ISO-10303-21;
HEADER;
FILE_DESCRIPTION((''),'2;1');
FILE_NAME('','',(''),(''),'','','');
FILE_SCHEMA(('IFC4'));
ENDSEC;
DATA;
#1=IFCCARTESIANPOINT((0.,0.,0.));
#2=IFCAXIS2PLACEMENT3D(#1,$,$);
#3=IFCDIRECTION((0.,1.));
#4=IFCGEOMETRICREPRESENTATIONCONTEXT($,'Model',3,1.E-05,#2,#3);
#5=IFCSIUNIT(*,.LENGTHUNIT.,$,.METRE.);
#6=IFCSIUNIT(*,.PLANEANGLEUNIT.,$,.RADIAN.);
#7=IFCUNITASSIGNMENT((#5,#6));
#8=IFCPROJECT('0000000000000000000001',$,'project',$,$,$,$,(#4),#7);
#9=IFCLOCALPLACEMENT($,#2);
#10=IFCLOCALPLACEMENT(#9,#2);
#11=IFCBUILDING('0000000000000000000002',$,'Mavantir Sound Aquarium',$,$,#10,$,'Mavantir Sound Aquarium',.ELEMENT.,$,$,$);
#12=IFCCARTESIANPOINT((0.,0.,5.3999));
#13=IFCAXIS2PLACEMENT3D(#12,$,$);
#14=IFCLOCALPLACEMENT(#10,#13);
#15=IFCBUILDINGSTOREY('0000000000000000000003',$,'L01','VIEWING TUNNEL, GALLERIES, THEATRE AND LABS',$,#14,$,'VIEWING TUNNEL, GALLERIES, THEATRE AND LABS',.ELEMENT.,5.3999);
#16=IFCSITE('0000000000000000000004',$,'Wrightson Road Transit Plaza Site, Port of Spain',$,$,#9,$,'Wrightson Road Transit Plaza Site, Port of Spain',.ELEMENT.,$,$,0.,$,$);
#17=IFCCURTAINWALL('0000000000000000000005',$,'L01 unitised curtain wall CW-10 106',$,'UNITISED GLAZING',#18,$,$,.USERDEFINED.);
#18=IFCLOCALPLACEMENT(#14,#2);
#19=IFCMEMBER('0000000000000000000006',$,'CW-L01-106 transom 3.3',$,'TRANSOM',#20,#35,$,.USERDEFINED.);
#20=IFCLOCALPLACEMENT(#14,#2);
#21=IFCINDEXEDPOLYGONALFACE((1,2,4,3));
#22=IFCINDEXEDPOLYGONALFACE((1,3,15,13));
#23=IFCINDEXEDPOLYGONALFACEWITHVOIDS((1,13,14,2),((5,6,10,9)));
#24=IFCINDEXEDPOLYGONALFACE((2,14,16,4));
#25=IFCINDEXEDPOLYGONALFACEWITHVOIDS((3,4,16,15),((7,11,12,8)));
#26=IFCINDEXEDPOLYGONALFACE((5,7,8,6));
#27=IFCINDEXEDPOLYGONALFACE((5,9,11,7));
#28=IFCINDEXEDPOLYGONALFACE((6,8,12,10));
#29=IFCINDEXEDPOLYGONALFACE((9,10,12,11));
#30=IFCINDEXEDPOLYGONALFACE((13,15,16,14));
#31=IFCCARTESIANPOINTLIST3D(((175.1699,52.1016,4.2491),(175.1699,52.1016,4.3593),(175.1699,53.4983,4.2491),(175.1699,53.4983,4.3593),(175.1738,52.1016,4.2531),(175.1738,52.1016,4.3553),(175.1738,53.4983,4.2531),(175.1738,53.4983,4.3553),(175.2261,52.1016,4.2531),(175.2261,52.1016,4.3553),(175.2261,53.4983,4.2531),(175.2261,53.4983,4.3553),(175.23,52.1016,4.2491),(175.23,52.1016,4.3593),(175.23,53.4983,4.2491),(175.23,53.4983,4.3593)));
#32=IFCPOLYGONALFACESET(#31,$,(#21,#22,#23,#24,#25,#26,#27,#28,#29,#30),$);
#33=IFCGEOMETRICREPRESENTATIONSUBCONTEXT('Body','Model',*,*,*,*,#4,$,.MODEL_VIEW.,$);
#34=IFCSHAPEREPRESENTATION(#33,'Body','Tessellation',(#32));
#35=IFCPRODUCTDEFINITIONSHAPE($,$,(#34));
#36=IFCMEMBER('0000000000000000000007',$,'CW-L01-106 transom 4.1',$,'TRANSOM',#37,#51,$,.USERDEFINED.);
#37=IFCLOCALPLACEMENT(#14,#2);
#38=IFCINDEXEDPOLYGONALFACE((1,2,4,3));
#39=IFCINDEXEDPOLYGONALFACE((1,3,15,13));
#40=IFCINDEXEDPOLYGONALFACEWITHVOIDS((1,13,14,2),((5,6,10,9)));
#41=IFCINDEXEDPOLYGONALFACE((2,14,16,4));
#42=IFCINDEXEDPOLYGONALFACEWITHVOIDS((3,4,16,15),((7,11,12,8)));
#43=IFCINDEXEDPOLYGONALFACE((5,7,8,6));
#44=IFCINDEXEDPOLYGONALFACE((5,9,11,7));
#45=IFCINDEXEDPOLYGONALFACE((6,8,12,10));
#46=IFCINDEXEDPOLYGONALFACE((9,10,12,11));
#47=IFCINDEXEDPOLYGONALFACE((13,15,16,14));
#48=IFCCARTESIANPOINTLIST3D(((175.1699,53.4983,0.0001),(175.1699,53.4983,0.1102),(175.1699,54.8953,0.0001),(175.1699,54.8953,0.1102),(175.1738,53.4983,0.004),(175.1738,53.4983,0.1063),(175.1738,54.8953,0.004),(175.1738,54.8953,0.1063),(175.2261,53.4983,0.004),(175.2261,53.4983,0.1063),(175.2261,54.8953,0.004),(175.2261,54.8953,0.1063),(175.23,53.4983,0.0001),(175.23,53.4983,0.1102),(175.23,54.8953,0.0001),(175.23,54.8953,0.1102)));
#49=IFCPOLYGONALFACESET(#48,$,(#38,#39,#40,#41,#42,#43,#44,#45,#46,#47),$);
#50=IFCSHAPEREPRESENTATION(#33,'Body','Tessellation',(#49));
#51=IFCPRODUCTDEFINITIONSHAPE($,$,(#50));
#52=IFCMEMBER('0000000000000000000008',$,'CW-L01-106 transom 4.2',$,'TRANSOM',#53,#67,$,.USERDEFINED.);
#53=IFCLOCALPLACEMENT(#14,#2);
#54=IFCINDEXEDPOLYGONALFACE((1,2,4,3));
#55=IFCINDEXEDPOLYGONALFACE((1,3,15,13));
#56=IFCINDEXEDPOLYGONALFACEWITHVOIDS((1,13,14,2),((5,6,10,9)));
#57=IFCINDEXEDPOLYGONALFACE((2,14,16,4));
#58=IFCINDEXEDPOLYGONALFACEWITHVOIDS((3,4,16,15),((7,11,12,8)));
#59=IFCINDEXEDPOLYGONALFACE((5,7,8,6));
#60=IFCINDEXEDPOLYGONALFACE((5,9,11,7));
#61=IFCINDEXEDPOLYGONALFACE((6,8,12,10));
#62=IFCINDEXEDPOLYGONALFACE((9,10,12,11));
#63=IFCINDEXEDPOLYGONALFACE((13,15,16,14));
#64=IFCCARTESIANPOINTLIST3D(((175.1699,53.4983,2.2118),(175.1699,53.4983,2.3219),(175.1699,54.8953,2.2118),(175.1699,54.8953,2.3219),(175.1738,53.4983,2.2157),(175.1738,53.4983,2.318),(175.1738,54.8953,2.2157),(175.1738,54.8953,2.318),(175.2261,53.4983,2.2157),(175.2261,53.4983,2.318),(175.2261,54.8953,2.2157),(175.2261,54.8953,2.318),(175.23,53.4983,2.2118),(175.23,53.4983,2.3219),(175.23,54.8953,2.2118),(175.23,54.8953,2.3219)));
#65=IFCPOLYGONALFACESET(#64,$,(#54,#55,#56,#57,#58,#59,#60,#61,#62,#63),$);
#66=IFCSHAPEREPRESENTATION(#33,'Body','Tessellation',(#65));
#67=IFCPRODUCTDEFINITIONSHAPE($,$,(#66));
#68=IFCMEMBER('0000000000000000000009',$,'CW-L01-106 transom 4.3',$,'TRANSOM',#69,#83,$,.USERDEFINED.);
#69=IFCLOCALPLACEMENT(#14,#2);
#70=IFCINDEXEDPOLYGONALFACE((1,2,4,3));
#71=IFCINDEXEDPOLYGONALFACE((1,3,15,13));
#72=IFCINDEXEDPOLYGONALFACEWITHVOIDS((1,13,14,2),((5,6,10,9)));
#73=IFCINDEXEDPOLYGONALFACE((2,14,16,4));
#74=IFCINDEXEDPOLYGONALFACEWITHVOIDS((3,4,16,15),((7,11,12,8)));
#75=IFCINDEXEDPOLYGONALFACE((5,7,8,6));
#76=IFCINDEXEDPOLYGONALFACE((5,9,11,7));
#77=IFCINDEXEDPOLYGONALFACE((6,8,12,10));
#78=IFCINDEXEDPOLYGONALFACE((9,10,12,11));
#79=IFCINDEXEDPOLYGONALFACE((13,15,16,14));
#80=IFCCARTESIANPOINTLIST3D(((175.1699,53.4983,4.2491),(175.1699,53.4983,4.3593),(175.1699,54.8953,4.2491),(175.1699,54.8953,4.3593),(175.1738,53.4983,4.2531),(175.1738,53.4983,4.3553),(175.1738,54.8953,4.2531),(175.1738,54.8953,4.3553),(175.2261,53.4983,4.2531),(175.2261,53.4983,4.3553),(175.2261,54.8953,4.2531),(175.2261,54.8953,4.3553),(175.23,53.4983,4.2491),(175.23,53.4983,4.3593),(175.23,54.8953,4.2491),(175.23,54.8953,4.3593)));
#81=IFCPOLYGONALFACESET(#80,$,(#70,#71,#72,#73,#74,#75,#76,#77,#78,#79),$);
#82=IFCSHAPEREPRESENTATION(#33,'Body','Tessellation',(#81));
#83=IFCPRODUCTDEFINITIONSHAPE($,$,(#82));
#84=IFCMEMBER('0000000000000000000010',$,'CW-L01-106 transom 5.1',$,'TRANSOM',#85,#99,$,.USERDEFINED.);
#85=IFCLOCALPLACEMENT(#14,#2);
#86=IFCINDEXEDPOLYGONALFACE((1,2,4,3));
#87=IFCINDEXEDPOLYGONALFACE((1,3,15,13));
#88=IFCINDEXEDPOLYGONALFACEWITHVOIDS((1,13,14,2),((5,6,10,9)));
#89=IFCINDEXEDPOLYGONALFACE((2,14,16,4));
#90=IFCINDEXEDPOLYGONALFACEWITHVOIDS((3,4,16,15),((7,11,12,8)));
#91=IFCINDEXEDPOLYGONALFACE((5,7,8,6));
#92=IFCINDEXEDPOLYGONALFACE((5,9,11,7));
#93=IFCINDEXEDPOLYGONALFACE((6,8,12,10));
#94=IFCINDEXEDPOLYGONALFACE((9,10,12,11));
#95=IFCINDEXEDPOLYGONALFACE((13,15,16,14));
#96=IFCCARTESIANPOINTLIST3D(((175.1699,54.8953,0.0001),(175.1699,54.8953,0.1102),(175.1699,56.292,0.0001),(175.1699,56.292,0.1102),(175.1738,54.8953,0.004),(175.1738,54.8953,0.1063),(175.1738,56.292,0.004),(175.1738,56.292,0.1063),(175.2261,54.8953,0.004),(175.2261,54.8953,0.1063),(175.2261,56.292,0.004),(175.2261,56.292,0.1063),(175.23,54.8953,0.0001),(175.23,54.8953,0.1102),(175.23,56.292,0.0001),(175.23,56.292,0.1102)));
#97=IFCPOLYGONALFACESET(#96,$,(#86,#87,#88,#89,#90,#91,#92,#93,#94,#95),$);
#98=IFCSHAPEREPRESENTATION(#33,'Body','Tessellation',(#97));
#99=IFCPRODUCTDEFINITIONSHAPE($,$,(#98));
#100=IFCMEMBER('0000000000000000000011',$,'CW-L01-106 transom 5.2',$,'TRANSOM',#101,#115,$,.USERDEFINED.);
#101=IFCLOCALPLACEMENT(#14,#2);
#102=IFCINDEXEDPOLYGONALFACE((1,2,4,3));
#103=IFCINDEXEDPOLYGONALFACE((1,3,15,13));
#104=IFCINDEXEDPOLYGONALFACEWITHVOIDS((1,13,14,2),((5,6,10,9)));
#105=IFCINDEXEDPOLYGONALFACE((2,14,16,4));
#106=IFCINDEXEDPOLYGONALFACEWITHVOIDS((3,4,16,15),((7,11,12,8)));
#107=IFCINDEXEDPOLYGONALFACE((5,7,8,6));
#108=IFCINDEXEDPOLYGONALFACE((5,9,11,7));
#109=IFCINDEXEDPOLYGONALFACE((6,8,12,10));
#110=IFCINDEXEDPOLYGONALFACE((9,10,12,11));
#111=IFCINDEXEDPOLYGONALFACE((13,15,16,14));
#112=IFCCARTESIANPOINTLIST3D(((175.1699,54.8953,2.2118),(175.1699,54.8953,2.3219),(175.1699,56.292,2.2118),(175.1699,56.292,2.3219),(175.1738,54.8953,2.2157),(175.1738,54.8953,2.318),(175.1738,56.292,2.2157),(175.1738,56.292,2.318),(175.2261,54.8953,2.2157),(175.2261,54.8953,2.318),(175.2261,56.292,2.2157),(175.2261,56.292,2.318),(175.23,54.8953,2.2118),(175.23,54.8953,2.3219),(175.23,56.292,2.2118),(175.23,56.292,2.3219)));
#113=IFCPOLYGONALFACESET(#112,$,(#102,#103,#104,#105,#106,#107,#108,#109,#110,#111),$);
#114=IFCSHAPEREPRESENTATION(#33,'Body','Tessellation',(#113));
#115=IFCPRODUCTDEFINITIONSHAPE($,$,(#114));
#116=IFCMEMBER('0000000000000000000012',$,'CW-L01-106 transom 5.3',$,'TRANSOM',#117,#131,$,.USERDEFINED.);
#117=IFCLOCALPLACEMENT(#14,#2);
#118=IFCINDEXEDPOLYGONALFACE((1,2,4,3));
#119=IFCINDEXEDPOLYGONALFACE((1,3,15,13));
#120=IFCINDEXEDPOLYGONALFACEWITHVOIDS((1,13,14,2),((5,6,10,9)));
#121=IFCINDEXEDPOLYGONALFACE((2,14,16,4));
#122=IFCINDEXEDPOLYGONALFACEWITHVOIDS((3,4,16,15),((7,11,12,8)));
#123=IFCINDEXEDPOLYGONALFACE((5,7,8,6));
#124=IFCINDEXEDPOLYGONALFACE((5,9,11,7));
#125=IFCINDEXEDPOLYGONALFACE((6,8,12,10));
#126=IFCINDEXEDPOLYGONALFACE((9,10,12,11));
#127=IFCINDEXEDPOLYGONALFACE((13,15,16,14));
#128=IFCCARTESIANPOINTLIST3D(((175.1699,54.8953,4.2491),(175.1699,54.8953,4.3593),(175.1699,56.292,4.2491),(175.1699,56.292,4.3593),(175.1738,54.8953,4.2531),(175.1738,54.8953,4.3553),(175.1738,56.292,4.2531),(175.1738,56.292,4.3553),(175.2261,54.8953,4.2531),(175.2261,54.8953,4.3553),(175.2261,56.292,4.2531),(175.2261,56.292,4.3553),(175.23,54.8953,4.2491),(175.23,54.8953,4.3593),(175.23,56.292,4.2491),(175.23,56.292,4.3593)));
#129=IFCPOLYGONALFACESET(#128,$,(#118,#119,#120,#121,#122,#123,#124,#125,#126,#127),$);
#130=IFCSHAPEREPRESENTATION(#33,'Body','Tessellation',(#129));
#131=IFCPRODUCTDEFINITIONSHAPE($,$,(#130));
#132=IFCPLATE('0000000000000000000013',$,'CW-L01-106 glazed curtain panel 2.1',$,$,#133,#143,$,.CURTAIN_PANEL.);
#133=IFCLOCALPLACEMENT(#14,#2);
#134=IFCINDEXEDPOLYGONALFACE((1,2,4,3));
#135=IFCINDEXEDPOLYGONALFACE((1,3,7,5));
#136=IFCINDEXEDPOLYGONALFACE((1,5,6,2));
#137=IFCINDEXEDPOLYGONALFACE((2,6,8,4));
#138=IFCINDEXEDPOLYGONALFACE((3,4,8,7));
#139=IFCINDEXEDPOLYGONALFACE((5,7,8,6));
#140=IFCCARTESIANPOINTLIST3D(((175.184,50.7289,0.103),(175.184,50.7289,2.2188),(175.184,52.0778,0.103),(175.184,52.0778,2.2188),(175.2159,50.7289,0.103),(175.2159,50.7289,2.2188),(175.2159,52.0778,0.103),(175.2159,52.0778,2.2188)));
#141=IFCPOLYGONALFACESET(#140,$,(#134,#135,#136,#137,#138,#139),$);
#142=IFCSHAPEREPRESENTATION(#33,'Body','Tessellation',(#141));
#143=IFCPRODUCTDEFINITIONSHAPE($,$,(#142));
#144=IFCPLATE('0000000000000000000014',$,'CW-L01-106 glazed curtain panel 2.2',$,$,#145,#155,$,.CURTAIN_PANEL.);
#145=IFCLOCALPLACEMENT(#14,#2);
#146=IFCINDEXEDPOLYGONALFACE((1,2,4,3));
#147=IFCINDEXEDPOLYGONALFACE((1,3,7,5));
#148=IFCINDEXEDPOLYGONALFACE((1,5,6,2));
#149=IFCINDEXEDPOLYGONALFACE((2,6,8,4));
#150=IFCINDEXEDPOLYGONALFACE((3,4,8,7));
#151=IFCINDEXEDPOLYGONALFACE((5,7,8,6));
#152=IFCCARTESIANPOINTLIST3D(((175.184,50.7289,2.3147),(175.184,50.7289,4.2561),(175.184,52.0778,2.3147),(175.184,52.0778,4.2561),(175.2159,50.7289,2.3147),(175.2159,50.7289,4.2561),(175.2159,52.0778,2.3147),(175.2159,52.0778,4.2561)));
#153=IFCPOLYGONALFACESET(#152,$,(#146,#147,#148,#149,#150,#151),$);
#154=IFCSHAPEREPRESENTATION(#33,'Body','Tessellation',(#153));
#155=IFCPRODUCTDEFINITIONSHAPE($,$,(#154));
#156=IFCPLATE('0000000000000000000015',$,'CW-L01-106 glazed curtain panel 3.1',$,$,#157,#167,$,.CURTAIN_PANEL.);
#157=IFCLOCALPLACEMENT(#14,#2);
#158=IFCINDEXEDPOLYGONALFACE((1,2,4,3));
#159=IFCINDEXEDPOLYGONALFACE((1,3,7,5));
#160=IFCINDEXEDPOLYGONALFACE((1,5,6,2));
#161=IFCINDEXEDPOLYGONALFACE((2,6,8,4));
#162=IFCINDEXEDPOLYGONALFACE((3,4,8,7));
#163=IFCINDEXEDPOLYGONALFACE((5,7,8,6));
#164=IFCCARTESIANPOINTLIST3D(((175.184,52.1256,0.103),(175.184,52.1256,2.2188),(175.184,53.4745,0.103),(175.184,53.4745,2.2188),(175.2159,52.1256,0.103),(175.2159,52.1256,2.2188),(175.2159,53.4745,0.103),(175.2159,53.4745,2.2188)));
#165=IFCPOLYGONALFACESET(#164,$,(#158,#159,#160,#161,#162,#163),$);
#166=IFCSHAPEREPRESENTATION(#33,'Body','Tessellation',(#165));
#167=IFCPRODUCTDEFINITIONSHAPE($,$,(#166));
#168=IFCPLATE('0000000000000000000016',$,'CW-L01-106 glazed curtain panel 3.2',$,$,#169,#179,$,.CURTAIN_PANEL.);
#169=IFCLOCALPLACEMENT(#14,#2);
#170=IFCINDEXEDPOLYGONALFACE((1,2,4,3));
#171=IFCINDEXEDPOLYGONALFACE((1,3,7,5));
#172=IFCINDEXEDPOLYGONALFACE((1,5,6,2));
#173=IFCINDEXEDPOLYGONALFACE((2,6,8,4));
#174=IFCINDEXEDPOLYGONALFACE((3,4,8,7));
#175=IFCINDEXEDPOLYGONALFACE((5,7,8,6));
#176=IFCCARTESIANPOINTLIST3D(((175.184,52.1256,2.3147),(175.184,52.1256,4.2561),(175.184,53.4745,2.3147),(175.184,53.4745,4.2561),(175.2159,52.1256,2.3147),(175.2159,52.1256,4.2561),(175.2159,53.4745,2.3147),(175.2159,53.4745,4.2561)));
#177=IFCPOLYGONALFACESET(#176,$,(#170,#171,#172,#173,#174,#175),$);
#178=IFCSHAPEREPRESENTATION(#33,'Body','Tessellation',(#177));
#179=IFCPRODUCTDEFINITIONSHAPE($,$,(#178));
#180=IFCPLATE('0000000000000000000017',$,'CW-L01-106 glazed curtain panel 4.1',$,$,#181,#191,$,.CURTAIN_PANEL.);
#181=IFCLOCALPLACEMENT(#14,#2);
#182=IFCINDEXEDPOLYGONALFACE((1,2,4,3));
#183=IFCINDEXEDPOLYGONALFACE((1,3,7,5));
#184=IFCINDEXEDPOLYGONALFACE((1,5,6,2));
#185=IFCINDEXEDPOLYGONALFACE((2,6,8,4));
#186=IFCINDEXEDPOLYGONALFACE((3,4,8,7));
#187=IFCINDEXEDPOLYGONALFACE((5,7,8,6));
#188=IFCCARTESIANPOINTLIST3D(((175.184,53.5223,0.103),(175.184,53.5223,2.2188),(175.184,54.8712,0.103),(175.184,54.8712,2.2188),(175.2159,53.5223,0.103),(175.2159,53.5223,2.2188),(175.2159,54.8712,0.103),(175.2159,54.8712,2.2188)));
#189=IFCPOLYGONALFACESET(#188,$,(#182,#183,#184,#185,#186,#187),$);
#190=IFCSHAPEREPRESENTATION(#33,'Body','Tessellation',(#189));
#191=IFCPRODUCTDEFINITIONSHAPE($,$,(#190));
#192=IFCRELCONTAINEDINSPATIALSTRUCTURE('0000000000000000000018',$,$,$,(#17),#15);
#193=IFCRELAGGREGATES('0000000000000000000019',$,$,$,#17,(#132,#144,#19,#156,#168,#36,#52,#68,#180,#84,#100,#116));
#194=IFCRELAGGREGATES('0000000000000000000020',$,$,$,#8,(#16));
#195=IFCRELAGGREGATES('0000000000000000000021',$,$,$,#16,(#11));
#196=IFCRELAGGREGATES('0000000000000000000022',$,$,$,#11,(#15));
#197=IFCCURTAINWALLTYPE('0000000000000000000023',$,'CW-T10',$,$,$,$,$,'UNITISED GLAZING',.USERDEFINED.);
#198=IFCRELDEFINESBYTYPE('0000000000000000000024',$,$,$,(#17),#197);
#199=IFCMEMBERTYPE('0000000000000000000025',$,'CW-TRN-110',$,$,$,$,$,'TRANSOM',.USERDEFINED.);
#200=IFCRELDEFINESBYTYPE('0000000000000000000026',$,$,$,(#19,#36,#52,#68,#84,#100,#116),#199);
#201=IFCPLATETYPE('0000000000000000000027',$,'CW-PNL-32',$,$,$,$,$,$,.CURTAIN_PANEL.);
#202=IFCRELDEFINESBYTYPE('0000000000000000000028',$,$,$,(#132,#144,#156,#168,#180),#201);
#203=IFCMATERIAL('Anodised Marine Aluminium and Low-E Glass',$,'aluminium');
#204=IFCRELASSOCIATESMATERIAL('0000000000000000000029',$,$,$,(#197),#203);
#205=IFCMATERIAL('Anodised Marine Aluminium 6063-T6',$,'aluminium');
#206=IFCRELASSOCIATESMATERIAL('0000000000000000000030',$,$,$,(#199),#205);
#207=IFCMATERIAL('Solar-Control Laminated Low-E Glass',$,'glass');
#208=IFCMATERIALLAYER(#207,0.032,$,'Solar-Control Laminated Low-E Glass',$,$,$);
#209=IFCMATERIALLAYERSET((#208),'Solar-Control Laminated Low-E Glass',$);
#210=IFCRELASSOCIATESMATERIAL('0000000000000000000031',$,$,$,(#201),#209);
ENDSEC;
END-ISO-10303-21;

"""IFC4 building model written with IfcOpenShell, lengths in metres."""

from ifc_helpers import new_model, si_unit, direction, frame, origin, origin_2d, place, context, subcontext, project, spatial, rectangle, hollow_rectangle, extrude, material, layer, layer_set, material_profile, profile_set, type_object, element, aggregate, save


model = new_model("IFC4")

# Units and contexts
model_context = context("Model", 3, precision=1e-05, world=origin(), true_north=direction((0.0, 1.0)))
body_context = subcontext(model_context, "Body", "Model", "MODEL_VIEW")
ifc_project = project(units=[si_unit("LENGTHUNIT", "METRE"), si_unit("PLANEANGLEUNIT", "RADIAN")], contexts=[model_context])

# Site, building, storey
site_placement = place(None, origin())
site = spatial("IfcSite", under=ifc_project, at=site_placement, Name="Wrightson Road Transit Plaza Site, Port of Spain", LongName="Wrightson Road Transit Plaza Site, Port of Spain", CompositionType="ELEMENT", RefElevation=0.0)
building_placement = place(site_placement, origin())
building = spatial("IfcBuilding", under=site, at=building_placement, Name="Mavantir Sound Aquarium", LongName="Mavantir Sound Aquarium", CompositionType="ELEMENT")
storey_placement = place(building_placement, frame((0.0, 0.0, 5.3999)))
storey = spatial("IfcBuildingStorey", under=building, at=storey_placement, Name="L01", Description="VIEWING TUNNEL, GALLERIES, THEATRE AND LABS", LongName="VIEWING TUNNEL, GALLERIES, THEATRE AND LABS", CompositionType="ELEMENT", Elevation=5.3999)

# Curtain wall, members, plates
ifc_material_1 = material(Name="Anodised Marine Aluminium and Low-E Glass", Category="aluminium")
curtain_wall_type = type_object("IfcCurtainWallType", Name="CW-T10", ElementType="UNITISED GLAZING", PredefinedType="USERDEFINED", material=ifc_material_1)
curtain_wall_placement = place(storey_placement, origin())
curtain_wall = element("IfcCurtainWall", 1, at=curtain_wall_placement, inside=storey, type_object=curtain_wall_type, Name="L01 unitised curtain wall CW-10 106", ObjectType="UNITISED GLAZING", PredefinedType="USERDEFINED")
ifc_material_2 = material(Name="Anodised Marine Aluminium 6063-T6", Category="aluminium")
ifc_material_profile_1 = material_profile(ifc_material_2, hollow_rectangle(XDim=0.0601, YDim=0.1101, WallThickness=0.0039, at=origin_2d()), Name="ALU-TRANSOM-110X60")
ifc_profile_set_1 = profile_set([ifc_material_profile_1], Name="Anodised Marine Aluminium 6063-T6")
member_type_1 = type_object("IfcMemberType", Name="CW-TRN-110", ElementType="TRANSOM", PredefinedType="USERDEFINED", material=ifc_profile_set_1)
member_1_placement = place(storey_placement, frame((175.2, 52.1016, 4.3042), z_axis=(0.0, 1.0, 0.0), x_axis=(-1.0, 0.0, 0.0)))
member_1 = element("IfcMember", 2, at=member_1_placement, type_object=member_type_1, Name="CW-L01-106 transom 3.3", ObjectType="TRANSOM", PredefinedType="USERDEFINED", context=body_context, shape_type="SweptSolid", body=[
    extrude(hollow_rectangle(XDim=0.0601, YDim=0.1101, WallThickness=0.0039, at=origin_2d()), origin(), (0.0, 0.0, 1.0), 1.3967),
])
member_2_placement = place(storey_placement, frame((175.2, 53.4983, 0.0552), z_axis=(0.0, 1.0, 0.0), x_axis=(-1.0, 0.0, 0.0)))
member_2 = element("IfcMember", 3, at=member_2_placement, type_object=member_type_1, Name="CW-L01-106 transom 4.1", ObjectType="TRANSOM", PredefinedType="USERDEFINED", context=body_context, shape_type="SweptSolid", body=[
    extrude(hollow_rectangle(XDim=0.0601, YDim=0.1101, WallThickness=0.0039, at=origin_2d()), origin(), (0.0, 0.0, 1.0), 1.397),
])
member_3_placement = place(storey_placement, frame((175.2, 53.4983, 2.2668), z_axis=(0.0, 1.0, 0.0), x_axis=(-1.0, 0.0, 0.0)))
member_3 = element("IfcMember", 4, at=member_3_placement, type_object=member_type_1, Name="CW-L01-106 transom 4.2", ObjectType="TRANSOM", PredefinedType="USERDEFINED", context=body_context, shape_type="SweptSolid", body=[
    extrude(hollow_rectangle(XDim=0.0601, YDim=0.1101, WallThickness=0.0039, at=origin_2d()), origin(), (0.0, 0.0, 1.0), 1.397),
])
member_4_placement = place(storey_placement, frame((175.2, 53.4983, 4.3042), z_axis=(0.0, 1.0, 0.0), x_axis=(-1.0, 0.0, 0.0)))
member_4 = element("IfcMember", 5, at=member_4_placement, type_object=member_type_1, Name="CW-L01-106 transom 4.3", ObjectType="TRANSOM", PredefinedType="USERDEFINED", context=body_context, shape_type="SweptSolid", body=[
    extrude(hollow_rectangle(XDim=0.0601, YDim=0.1101, WallThickness=0.0039, at=origin_2d()), origin(), (0.0, 0.0, 1.0), 1.397),
])
member_5_placement = place(storey_placement, frame((175.2, 54.8953, 0.0552), z_axis=(0.0, 1.0, 0.0), x_axis=(-1.0, 0.0, 0.0)))
member_5 = element("IfcMember", 6, at=member_5_placement, type_object=member_type_1, Name="CW-L01-106 transom 5.1", ObjectType="TRANSOM", PredefinedType="USERDEFINED", context=body_context, shape_type="SweptSolid", body=[
    extrude(hollow_rectangle(XDim=0.0601, YDim=0.1101, WallThickness=0.0039, at=origin_2d()), origin(), (0.0, 0.0, 1.0), 1.3967),
])
member_6_placement = place(storey_placement, frame((175.2, 54.8953, 2.2668), z_axis=(0.0, 1.0, 0.0), x_axis=(-1.0, 0.0, 0.0)))
member_6 = element("IfcMember", 7, at=member_6_placement, type_object=member_type_1, Name="CW-L01-106 transom 5.2", ObjectType="TRANSOM", PredefinedType="USERDEFINED", context=body_context, shape_type="SweptSolid", body=[
    extrude(hollow_rectangle(XDim=0.0601, YDim=0.1101, WallThickness=0.0039, at=origin_2d()), origin(), (0.0, 0.0, 1.0), 1.3967),
])
member_7_placement = place(storey_placement, frame((175.2, 54.8953, 4.3042), z_axis=(0.0, 1.0, 0.0), x_axis=(-1.0, 0.0, 0.0)))
member_7 = element("IfcMember", 8, at=member_7_placement, type_object=member_type_1, Name="CW-L01-106 transom 5.3", ObjectType="TRANSOM", PredefinedType="USERDEFINED", context=body_context, shape_type="SweptSolid", body=[
    extrude(hollow_rectangle(XDim=0.0601, YDim=0.1101, WallThickness=0.0039, at=origin_2d()), origin(), (0.0, 0.0, 1.0), 1.3967),
])
ifc_material_3 = material(Name="Solar-Control Laminated Low-E Glass", Category="glass")
ifc_layer = layer(ifc_material_3, 0.032, Name="Solar-Control Laminated Low-E Glass")
ifc_layer_set = layer_set([ifc_layer], Name="Solar-Control Laminated Low-E Glass")
plate_type = type_object("IfcPlateType", Name="CW-PNL-32", PredefinedType="CURTAIN_PANEL", material=ifc_layer_set)
plate_1_placement = place(storey_placement, frame((175.2, 51.4033, 0.103), z_axis=(0.0, 0.0, 1.0), x_axis=(0.0, 1.0, 0.0)))
plate_1 = element("IfcPlate", 9, at=plate_1_placement, type_object=plate_type, Name="CW-L01-106 glazed curtain panel 2.1", PredefinedType="CURTAIN_PANEL", context=body_context, shape_type="SweptSolid", body=[
    extrude(rectangle(XDim=1.3489, YDim=0.032, at=origin_2d()), origin(), (0.0, 0.0, 1.0), 2.1157),
])
plate_2_placement = place(storey_placement, frame((175.2, 51.4033, 2.3147), z_axis=(0.0, 0.0, 1.0), x_axis=(0.0, 1.0, 0.0)))
plate_2 = element("IfcPlate", 10, at=plate_2_placement, type_object=plate_type, Name="CW-L01-106 glazed curtain panel 2.2", PredefinedType="CURTAIN_PANEL", context=body_context, shape_type="SweptSolid", body=[
    extrude(rectangle(XDim=1.3489, YDim=0.032, at=origin_2d()), origin(), (0.0, 0.0, 1.0), 1.9414),
])
plate_3_placement = place(storey_placement, frame((175.2, 52.8, 0.103), z_axis=(0.0, 0.0, 1.0), x_axis=(0.0, 1.0, 0.0)))
plate_3 = element("IfcPlate", 11, at=plate_3_placement, type_object=plate_type, Name="CW-L01-106 glazed curtain panel 3.1", PredefinedType="CURTAIN_PANEL", context=body_context, shape_type="SweptSolid", body=[
    extrude(rectangle(XDim=1.3489, YDim=0.032, at=origin_2d()), origin(), (0.0, 0.0, 1.0), 2.1157),
])
plate_4_placement = place(storey_placement, frame((175.2, 52.8, 2.3147), z_axis=(0.0, 0.0, 1.0), x_axis=(0.0, 1.0, 0.0)))
plate_4 = element("IfcPlate", 12, at=plate_4_placement, type_object=plate_type, Name="CW-L01-106 glazed curtain panel 3.2", PredefinedType="CURTAIN_PANEL", context=body_context, shape_type="SweptSolid", body=[
    extrude(rectangle(XDim=1.3489, YDim=0.032, at=origin_2d()), origin(), (0.0, 0.0, 1.0), 1.9414),
])
plate_5_placement = place(storey_placement, frame((175.2, 54.1968, 0.103), z_axis=(0.0, 0.0, 1.0), x_axis=(0.0, 1.0, 0.0)))
plate_5 = element("IfcPlate", 13, at=plate_5_placement, type_object=plate_type, Name="CW-L01-106 glazed curtain panel 4.1", PredefinedType="CURTAIN_PANEL", context=body_context, shape_type="SweptSolid", body=[
    extrude(rectangle(XDim=1.3489, YDim=0.032, at=origin_2d()), origin(), (0.0, 0.0, 1.0), 2.1157),
])
aggregate(curtain_wall, [plate_1, plate_2, member_1, plate_3, plate_4, member_2, member_3, member_4, plate_5, member_5, member_6, member_7])

save(model, "model.ifc")
